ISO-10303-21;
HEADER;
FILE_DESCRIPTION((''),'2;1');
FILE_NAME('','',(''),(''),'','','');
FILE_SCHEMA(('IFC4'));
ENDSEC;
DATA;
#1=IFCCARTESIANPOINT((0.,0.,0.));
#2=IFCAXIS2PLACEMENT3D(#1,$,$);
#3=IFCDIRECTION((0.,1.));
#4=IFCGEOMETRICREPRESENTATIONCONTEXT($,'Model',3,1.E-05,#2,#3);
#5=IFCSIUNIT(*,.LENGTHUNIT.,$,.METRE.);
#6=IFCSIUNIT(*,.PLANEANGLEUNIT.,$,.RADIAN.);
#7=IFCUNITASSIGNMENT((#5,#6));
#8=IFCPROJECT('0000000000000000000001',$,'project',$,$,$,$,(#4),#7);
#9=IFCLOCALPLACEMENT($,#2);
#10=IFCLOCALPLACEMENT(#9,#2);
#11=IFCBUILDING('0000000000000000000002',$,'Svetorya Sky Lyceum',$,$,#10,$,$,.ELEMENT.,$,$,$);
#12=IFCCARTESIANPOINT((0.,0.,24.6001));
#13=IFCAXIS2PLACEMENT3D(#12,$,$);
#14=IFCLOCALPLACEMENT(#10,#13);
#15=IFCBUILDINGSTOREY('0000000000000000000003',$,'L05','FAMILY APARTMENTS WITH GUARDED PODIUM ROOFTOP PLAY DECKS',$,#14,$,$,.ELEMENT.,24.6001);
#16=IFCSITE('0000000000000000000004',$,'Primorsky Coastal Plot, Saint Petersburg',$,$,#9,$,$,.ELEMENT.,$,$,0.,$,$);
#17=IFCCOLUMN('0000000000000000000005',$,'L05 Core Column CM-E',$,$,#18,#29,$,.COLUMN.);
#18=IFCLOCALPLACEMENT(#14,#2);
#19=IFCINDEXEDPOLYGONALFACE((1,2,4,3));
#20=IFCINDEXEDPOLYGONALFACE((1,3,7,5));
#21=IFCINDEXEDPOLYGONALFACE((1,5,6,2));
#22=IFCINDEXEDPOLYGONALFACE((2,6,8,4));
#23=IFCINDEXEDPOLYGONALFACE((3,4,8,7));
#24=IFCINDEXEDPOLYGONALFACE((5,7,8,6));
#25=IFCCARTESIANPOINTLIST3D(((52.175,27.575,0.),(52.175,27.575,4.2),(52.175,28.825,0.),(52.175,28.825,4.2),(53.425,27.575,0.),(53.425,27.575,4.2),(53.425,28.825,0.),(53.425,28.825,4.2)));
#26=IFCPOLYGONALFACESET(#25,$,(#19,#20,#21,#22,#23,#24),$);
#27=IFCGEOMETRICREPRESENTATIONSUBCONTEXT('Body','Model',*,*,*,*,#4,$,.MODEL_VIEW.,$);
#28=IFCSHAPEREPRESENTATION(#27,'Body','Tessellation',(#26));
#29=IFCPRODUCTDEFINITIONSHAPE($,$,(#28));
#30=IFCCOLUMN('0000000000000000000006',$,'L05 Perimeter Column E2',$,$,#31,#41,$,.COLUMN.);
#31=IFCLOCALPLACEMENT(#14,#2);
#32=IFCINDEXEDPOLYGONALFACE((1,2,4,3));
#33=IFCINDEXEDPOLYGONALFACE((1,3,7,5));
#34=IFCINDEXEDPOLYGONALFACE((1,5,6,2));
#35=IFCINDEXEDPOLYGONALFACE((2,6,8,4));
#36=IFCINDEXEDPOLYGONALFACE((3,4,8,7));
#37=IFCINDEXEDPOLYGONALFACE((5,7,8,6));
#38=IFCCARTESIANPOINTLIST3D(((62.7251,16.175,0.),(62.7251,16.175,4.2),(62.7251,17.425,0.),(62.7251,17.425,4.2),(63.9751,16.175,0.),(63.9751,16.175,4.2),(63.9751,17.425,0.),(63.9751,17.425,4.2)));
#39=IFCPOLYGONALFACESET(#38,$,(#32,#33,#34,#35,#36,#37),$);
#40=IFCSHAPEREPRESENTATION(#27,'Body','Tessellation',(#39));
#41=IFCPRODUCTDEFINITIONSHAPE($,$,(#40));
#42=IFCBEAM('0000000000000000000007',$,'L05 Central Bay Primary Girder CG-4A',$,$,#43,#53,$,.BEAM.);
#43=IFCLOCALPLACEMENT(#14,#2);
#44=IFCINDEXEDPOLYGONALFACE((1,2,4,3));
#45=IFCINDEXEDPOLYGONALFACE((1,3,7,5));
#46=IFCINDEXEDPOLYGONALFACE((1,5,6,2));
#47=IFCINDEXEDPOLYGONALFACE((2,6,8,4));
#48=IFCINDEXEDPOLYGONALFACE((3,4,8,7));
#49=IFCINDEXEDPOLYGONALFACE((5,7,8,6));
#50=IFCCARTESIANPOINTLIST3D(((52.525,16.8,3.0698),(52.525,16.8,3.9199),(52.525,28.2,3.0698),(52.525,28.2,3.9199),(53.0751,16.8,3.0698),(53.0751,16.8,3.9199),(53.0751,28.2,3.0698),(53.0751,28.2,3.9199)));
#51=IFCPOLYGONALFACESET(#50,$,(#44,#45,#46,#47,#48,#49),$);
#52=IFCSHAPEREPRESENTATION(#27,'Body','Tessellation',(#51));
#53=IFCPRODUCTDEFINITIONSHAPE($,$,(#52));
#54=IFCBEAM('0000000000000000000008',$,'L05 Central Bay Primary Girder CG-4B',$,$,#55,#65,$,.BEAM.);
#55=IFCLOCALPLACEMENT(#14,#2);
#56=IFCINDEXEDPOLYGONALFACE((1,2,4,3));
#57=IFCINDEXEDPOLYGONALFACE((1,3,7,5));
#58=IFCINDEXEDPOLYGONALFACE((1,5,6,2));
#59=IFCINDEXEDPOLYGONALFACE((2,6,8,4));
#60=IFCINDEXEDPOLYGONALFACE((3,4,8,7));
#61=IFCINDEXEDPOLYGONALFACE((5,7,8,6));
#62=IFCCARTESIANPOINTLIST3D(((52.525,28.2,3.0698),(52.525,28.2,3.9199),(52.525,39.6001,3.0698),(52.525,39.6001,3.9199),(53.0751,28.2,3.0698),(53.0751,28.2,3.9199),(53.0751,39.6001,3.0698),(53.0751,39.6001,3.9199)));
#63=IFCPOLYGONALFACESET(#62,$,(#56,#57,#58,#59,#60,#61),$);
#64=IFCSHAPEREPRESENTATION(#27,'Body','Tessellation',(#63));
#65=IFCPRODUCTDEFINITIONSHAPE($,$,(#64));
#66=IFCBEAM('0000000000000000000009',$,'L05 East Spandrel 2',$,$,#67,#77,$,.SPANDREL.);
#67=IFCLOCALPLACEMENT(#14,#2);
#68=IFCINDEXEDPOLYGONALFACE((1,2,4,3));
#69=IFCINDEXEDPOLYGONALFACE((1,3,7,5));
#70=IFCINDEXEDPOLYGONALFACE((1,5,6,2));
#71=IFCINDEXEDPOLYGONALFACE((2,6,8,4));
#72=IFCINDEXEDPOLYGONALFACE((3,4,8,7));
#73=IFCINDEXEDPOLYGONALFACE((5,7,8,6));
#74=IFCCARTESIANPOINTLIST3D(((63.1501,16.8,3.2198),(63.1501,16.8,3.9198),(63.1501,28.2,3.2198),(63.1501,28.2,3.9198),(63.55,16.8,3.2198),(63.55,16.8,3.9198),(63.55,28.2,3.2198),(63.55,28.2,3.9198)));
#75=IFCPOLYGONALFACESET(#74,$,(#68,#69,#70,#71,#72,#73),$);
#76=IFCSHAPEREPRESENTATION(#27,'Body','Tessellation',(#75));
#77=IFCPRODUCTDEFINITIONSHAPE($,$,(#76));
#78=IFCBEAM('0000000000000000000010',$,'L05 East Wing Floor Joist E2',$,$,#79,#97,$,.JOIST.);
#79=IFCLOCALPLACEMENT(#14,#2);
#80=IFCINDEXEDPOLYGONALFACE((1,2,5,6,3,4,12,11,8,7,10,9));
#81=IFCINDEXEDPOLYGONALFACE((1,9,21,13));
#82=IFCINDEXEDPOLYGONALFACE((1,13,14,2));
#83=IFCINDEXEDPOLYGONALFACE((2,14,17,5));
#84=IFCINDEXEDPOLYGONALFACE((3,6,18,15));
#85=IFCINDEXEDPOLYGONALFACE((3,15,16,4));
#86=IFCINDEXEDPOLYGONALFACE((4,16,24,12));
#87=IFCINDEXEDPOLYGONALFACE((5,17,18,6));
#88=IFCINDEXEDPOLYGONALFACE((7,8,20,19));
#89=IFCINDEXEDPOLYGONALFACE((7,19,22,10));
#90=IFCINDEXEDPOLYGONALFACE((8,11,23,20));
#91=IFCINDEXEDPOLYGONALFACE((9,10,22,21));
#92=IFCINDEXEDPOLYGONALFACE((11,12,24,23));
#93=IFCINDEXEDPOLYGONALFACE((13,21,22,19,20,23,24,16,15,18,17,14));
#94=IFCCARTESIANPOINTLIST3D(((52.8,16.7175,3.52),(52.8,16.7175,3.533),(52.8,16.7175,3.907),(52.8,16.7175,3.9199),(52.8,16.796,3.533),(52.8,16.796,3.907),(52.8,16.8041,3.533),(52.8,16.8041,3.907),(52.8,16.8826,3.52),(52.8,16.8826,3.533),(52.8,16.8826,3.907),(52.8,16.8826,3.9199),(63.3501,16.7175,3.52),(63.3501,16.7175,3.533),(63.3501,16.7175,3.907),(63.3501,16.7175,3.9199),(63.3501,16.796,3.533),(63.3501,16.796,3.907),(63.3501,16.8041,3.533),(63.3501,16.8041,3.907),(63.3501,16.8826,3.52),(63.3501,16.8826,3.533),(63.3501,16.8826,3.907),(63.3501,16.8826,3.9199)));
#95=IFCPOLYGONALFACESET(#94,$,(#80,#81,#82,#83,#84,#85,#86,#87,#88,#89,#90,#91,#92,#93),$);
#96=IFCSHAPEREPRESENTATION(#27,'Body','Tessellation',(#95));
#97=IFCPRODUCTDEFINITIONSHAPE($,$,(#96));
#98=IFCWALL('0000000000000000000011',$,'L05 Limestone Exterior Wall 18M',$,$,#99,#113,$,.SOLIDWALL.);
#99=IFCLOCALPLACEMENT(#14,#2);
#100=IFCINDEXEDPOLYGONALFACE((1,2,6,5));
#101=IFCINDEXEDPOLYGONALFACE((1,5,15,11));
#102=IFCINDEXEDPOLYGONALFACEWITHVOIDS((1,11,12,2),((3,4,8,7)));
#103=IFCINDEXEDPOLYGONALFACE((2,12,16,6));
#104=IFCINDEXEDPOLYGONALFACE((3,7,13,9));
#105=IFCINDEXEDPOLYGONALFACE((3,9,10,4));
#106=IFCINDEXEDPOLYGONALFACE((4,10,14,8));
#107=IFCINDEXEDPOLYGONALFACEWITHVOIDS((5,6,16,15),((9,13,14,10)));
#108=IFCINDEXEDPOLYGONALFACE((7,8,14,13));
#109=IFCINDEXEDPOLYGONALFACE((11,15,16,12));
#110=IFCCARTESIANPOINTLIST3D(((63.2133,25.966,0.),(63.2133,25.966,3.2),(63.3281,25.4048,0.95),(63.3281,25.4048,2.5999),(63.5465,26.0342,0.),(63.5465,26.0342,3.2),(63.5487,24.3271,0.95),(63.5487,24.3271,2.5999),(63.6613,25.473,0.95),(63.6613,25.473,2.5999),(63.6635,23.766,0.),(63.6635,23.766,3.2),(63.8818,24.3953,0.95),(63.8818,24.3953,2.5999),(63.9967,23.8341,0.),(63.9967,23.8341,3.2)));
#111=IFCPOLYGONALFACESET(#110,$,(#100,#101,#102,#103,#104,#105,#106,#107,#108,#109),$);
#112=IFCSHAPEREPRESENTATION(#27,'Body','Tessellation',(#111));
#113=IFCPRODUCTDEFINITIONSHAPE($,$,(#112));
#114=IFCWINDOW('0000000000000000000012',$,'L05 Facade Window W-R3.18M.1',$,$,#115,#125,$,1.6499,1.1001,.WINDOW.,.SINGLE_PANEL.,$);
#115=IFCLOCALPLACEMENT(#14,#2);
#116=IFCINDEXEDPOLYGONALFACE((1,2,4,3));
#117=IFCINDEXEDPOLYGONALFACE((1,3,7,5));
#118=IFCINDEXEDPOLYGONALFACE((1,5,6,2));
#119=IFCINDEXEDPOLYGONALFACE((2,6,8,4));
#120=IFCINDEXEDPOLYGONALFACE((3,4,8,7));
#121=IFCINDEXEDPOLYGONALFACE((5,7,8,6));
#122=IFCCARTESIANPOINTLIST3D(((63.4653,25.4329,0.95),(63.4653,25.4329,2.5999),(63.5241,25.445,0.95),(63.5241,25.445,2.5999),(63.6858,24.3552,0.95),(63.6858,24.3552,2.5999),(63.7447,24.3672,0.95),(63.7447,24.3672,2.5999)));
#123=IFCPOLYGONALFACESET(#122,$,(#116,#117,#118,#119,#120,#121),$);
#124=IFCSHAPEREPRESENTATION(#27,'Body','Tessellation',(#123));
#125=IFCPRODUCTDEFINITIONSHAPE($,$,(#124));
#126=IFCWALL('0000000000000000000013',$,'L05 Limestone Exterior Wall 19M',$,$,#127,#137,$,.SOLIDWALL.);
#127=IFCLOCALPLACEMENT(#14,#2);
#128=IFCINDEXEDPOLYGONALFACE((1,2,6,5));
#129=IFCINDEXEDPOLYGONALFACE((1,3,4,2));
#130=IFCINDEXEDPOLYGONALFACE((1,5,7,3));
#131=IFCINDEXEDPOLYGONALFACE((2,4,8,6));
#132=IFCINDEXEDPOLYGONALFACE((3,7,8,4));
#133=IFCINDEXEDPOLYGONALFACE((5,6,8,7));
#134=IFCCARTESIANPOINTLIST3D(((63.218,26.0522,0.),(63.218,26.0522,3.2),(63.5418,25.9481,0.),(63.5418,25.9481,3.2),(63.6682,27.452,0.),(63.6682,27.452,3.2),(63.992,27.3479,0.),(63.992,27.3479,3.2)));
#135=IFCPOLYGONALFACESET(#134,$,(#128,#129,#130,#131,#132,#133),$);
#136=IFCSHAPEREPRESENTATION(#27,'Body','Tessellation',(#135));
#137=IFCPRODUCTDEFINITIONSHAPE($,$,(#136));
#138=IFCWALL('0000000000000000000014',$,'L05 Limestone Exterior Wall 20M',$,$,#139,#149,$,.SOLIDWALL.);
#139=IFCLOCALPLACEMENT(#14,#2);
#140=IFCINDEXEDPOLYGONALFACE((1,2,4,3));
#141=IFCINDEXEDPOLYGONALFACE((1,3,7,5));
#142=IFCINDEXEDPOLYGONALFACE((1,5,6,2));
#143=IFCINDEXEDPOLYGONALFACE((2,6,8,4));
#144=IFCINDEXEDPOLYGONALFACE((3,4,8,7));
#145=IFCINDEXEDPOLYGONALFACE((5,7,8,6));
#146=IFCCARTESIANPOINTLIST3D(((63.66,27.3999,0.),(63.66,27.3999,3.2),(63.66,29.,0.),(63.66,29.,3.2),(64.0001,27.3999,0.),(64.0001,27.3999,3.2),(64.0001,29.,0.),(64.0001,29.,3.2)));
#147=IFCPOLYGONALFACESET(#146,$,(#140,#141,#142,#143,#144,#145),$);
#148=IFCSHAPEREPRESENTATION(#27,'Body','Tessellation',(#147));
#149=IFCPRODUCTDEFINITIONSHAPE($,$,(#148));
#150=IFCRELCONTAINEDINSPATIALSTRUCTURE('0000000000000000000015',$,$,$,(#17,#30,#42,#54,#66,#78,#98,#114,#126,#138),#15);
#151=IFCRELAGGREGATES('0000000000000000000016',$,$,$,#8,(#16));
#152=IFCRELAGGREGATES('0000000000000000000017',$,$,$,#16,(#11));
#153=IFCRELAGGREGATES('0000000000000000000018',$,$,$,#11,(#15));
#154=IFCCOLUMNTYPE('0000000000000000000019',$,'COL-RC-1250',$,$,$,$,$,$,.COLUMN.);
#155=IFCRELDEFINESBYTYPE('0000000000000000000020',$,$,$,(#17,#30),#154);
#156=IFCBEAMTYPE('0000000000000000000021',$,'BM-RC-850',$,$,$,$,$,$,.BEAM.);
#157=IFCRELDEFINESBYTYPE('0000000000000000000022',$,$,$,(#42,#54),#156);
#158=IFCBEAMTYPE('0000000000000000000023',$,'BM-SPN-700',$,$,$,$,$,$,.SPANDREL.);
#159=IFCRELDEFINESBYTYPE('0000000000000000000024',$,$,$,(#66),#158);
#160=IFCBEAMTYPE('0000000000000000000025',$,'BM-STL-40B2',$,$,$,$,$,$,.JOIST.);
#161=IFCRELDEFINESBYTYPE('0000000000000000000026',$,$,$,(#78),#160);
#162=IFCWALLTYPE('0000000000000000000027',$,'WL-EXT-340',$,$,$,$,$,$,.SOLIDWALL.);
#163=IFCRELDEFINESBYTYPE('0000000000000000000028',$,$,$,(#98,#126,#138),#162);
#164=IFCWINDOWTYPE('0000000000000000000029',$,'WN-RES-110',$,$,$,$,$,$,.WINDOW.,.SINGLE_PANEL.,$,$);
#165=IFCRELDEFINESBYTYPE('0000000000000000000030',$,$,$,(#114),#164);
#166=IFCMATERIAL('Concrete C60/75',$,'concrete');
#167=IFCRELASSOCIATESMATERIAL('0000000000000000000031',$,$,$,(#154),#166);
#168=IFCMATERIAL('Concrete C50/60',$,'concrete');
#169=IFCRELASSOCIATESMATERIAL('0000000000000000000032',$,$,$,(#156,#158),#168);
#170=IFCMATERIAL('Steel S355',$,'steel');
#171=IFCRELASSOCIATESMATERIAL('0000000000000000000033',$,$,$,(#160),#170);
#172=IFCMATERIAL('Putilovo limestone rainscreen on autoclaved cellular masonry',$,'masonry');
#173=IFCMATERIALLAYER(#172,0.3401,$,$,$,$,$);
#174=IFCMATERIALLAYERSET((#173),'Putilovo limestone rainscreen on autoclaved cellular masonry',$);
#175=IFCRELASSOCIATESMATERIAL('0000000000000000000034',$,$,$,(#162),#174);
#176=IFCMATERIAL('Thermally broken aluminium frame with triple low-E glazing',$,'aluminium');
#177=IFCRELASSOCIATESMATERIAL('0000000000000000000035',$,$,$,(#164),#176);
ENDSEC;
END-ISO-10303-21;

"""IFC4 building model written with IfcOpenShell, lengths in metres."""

from ifc_helpers import new_model, si_unit, direction, frame, frame_2d, origin, origin_2d, place, context, subcontext, project, spatial, rectangle, i_section, extrude, material, layer, layer_set, material_profile, profile_set, type_object, element, fill, save


model = new_model("IFC4")

# Units and contexts
model_context = context("Model", 3, precision=1e-05, world=origin(), true_north=direction((0.0, 1.0)))
body_context = subcontext(model_context, "Body", "Model", "MODEL_VIEW")
ifc_project = project(units=[si_unit("LENGTHUNIT", "METRE"), si_unit("PLANEANGLEUNIT", "RADIAN")], contexts=[model_context])

# Site, building, storey
site_placement = place(None, origin())
site = spatial("IfcSite", under=ifc_project, at=site_placement, Name="Primorsky Coastal Plot, Saint Petersburg", CompositionType="ELEMENT", RefElevation=0.0)
building_placement = place(site_placement, origin())
building = spatial("IfcBuilding", under=site, at=building_placement, Name="Svetorya Sky Lyceum", CompositionType="ELEMENT")
storey_placement = place(building_placement, frame((0.0, 0.0, 24.6001)))
storey = spatial("IfcBuildingStorey", under=building, at=storey_placement, Name="L05", Description="FAMILY APARTMENTS WITH GUARDED PODIUM ROOFTOP PLAY DECKS", CompositionType="ELEMENT", Elevation=24.6001)

# Columns
ifc_material_1 = material(Name="Concrete C60/75", Category="concrete")
ifc_material_profile_1 = material_profile(ifc_material_1, rectangle(XDim=1.25, YDim=1.25, at=origin_2d()), Name="RC COL 1250x1250")
ifc_profile_set_1 = profile_set([ifc_material_profile_1], Name="Concrete C60/75")
column_type = type_object("IfcColumnType", Name="COL-RC-1250", PredefinedType="COLUMN", material=ifc_profile_set_1)
for number, where, z_axis, x_axis, name in (
    (1, (52.8, 28.2, 0.0), (0.0, 0.0, 1.0), (1.0, 0.0, 0.0), "L05 Core Column CM-E"),
    (2, (63.3501, 16.8, 0.0), (0.0, 0.0, 1.0), (1.0, 0.0, 0.0), "L05 Perimeter Column E2"),
):
    element("IfcColumn", number, at=place(storey_placement, frame(where, z_axis=z_axis, x_axis=x_axis)), inside=storey, type_object=column_type, Name=name, PredefinedType="COLUMN", context=body_context, shape_type="SweptSolid", body=[
        extrude(rectangle(XDim=1.25, YDim=1.25, at=origin_2d()), origin(), (0.0, 0.0, 1.0), 4.2),
    ])

# Beams
ifc_material_2 = material(Name="Concrete C50/60", Category="concrete")
ifc_material_profile_2 = material_profile(ifc_material_2, rectangle(XDim=0.55, YDim=0.8501, at=origin_2d()), Name="RC BEAM 550x850")
ifc_profile_set_2 = profile_set([ifc_material_profile_2], Name="Concrete C50/60")
beam_type_1 = type_object("IfcBeamType", Name="BM-RC-850", PredefinedType="BEAM", material=ifc_profile_set_2)
beam_1_placement = place(storey_placement, frame((52.8, 16.8, 3.4949), z_axis=(0.0, 1.0, 0.0), x_axis=(-1.0, 0.0, 0.0)))
element("IfcBeam", 3, at=beam_1_placement, inside=storey, type_object=beam_type_1, Name="L05 Central Bay Primary Girder CG-4A", PredefinedType="BEAM", context=body_context, shape_type="SweptSolid", body=[
    extrude(rectangle(XDim=0.55, YDim=0.8501, at=origin_2d()), origin(), (0.0, 0.0, 1.0), 11.3999),
])
beam_2_placement = place(storey_placement, frame((52.8, 28.2, 3.4949), z_axis=(0.0, 1.0, 0.0), x_axis=(-1.0, 0.0, 0.0)))
element("IfcBeam", 4, at=beam_2_placement, inside=storey, type_object=beam_type_1, Name="L05 Central Bay Primary Girder CG-4B", PredefinedType="BEAM", context=body_context, shape_type="SweptSolid", body=[
    extrude(rectangle(XDim=0.55, YDim=0.8501, at=origin_2d()), origin(), (0.0, 0.0, 1.0), 11.4001),
])
ifc_material_profile_3 = material_profile(ifc_material_2, rectangle(XDim=0.3999, YDim=0.7, at=origin_2d()), Name="RC SPANDREL 400x700")
ifc_profile_set_3 = profile_set([ifc_material_profile_3], Name="Concrete C50/60")
beam_type_2 = type_object("IfcBeamType", Name="BM-SPN-700", PredefinedType="SPANDREL", material=ifc_profile_set_3)
beam_3_placement = place(storey_placement, frame((63.3501, 16.8, 3.5698), z_axis=(0.0, 1.0, 0.0), x_axis=(-1.0, 0.0, 0.0)))
element("IfcBeam", 5, at=beam_3_placement, inside=storey, type_object=beam_type_2, Name="L05 East Spandrel 2", PredefinedType="SPANDREL", context=body_context, shape_type="SweptSolid", body=[
    extrude(rectangle(XDim=0.3999, YDim=0.7, at=origin_2d()), origin(), (0.0, 0.0, 1.0), 11.3999),
])
ifc_material_3 = material(Name="Steel S355", Category="steel")
ifc_material_profile_4 = material_profile(ifc_material_3, i_section(OverallWidth=0.165, OverallDepth=0.3999, WebThickness=0.0081, FlangeThickness=0.0129, at=origin_2d()), Name="GOST 40B2")
ifc_profile_set_4 = profile_set([ifc_material_profile_4], Name="Steel S355")
beam_type_3 = type_object("IfcBeamType", Name="BM-STL-40B2", PredefinedType="JOIST", material=ifc_profile_set_4)
beam_4_placement = place(storey_placement, frame((52.8, 16.8, 3.72), z_axis=(1.0, 0.0, 0.0), x_axis=(0.0, 1.0, 0.0)))
element("IfcBeam", 6, at=beam_4_placement, inside=storey, type_object=beam_type_3, Name="L05 East Wing Floor Joist E2", PredefinedType="JOIST", context=body_context, shape_type="SweptSolid", body=[
    extrude(i_section(OverallWidth=0.165, OverallDepth=0.3999, WebThickness=0.0081, FlangeThickness=0.0129, at=origin_2d()), origin(), (0.0, 0.0, 1.0), 10.55),
])

# Wall, opening, window
ifc_material_4 = material(Name="Putilovo limestone rainscreen on autoclaved cellular masonry", Category="masonry")
ifc_layer_1 = layer(ifc_material_4, 0.3401)
ifc_layer_set_1 = layer_set([ifc_layer_1], Name="Putilovo limestone rainscreen on autoclaved cellular masonry")
wall_type_1 = type_object("IfcWallType", Name="WL-EXT-340", PredefinedType="SOLIDWALL", material=ifc_layer_set_1)
wall_1_placement = place(storey_placement, frame((63.8301, 23.8, 0.0), z_axis=(0.0, 0.0, 1.0), x_axis=(-0.200484, 0.979697, 0.0)))
wall_1 = element("IfcWall", 7, at=wall_1_placement, inside=storey, type_object=wall_type_1, Name="L05 Limestone Exterior Wall 18M", PredefinedType="SOLIDWALL", context=body_context, shape_type="SweptSolid", body=[
    extrude(rectangle(XDim=2.2456, YDim=0.3401, at=frame_2d((1.1228, 0.0))), origin(), (0.0, 0.0, 1.0), 3.2),
])
opening_1_placement = place(wall_1_placement, frame((0.5728, 0.0, 0.95)))
opening_1 = element("IfcOpeningElement", 8, at=opening_1_placement, cuts=wall_1, PredefinedType="OPENING", context=body_context, shape_type="SweptSolid", body=[
    extrude(rectangle(XDim=1.1001, YDim=1.6499, at=frame_2d((0.55, 0.825))), frame((0.0, 0.1799, 0.0), z_axis=(0.0, -1.0, 0.0), x_axis=(1.0, 0.0, 0.0)), (0.0, 0.0, 1.0), 0.3601),
])
ifc_material_5 = material(Name="Thermally broken aluminium frame with triple low-E glazing", Category="aluminium")
window_type = type_object("IfcWindowType", Name="WN-RES-110", PartitioningType="SINGLE_PANEL", PredefinedType="WINDOW", material=ifc_material_5)
window_placement = place(opening_1_placement, origin())
window = element("IfcWindow", 9, at=window_placement, inside=storey, type_object=window_type, Name="L05 Facade Window W-R3.18M.1", OverallHeight=1.6499, OverallWidth=1.1001, PartitioningType="SINGLE_PANEL", PredefinedType="WINDOW", context=body_context, shape_type="SweptSolid", body=[
    extrude(rectangle(XDim=1.1001, YDim=1.6499, at=frame_2d((0.55, 0.825))), frame((0.0, 0.03, 0.0), z_axis=(0.0, -1.0, 0.0), x_axis=(1.0, 0.0, 0.0)), (0.0, 0.0, 1.0), 0.0601),
])
fill(opening_1, window)

# Walls
wall_2_placement = place(storey_placement, frame((63.3799, 26.0, 0.0), z_axis=(0.0, 0.0, 1.0), x_axis=(0.306149, 0.951984, 0.0)))
element("IfcWall", 10, at=wall_2_placement, inside=storey, type_object=wall_type_1, Name="L05 Limestone Exterior Wall 19M", PredefinedType="SOLIDWALL", context=body_context, shape_type="SweptSolid", body=[
    extrude(rectangle(XDim=1.4705, YDim=0.3401, at=frame_2d((0.7354, 0.0))), origin(), (0.0, 0.0, 1.0), 3.2),
])
wall_3_placement = place(storey_placement, frame((63.8301, 27.3999, 0.0), z_axis=(0.0, 0.0, 1.0), x_axis=(0.0, 1.0, 0.0)))
element("IfcWall", 11, at=wall_3_placement, inside=storey, type_object=wall_type_1, Name="L05 Limestone Exterior Wall 20M", PredefinedType="SOLIDWALL", context=body_context, shape_type="SweptSolid", body=[
    extrude(rectangle(XDim=1.6001, YDim=0.3401, at=frame_2d((0.8, 0.0))), origin(), (0.0, 0.0, 1.0), 3.2),
])

save(model, "model.ifc")
